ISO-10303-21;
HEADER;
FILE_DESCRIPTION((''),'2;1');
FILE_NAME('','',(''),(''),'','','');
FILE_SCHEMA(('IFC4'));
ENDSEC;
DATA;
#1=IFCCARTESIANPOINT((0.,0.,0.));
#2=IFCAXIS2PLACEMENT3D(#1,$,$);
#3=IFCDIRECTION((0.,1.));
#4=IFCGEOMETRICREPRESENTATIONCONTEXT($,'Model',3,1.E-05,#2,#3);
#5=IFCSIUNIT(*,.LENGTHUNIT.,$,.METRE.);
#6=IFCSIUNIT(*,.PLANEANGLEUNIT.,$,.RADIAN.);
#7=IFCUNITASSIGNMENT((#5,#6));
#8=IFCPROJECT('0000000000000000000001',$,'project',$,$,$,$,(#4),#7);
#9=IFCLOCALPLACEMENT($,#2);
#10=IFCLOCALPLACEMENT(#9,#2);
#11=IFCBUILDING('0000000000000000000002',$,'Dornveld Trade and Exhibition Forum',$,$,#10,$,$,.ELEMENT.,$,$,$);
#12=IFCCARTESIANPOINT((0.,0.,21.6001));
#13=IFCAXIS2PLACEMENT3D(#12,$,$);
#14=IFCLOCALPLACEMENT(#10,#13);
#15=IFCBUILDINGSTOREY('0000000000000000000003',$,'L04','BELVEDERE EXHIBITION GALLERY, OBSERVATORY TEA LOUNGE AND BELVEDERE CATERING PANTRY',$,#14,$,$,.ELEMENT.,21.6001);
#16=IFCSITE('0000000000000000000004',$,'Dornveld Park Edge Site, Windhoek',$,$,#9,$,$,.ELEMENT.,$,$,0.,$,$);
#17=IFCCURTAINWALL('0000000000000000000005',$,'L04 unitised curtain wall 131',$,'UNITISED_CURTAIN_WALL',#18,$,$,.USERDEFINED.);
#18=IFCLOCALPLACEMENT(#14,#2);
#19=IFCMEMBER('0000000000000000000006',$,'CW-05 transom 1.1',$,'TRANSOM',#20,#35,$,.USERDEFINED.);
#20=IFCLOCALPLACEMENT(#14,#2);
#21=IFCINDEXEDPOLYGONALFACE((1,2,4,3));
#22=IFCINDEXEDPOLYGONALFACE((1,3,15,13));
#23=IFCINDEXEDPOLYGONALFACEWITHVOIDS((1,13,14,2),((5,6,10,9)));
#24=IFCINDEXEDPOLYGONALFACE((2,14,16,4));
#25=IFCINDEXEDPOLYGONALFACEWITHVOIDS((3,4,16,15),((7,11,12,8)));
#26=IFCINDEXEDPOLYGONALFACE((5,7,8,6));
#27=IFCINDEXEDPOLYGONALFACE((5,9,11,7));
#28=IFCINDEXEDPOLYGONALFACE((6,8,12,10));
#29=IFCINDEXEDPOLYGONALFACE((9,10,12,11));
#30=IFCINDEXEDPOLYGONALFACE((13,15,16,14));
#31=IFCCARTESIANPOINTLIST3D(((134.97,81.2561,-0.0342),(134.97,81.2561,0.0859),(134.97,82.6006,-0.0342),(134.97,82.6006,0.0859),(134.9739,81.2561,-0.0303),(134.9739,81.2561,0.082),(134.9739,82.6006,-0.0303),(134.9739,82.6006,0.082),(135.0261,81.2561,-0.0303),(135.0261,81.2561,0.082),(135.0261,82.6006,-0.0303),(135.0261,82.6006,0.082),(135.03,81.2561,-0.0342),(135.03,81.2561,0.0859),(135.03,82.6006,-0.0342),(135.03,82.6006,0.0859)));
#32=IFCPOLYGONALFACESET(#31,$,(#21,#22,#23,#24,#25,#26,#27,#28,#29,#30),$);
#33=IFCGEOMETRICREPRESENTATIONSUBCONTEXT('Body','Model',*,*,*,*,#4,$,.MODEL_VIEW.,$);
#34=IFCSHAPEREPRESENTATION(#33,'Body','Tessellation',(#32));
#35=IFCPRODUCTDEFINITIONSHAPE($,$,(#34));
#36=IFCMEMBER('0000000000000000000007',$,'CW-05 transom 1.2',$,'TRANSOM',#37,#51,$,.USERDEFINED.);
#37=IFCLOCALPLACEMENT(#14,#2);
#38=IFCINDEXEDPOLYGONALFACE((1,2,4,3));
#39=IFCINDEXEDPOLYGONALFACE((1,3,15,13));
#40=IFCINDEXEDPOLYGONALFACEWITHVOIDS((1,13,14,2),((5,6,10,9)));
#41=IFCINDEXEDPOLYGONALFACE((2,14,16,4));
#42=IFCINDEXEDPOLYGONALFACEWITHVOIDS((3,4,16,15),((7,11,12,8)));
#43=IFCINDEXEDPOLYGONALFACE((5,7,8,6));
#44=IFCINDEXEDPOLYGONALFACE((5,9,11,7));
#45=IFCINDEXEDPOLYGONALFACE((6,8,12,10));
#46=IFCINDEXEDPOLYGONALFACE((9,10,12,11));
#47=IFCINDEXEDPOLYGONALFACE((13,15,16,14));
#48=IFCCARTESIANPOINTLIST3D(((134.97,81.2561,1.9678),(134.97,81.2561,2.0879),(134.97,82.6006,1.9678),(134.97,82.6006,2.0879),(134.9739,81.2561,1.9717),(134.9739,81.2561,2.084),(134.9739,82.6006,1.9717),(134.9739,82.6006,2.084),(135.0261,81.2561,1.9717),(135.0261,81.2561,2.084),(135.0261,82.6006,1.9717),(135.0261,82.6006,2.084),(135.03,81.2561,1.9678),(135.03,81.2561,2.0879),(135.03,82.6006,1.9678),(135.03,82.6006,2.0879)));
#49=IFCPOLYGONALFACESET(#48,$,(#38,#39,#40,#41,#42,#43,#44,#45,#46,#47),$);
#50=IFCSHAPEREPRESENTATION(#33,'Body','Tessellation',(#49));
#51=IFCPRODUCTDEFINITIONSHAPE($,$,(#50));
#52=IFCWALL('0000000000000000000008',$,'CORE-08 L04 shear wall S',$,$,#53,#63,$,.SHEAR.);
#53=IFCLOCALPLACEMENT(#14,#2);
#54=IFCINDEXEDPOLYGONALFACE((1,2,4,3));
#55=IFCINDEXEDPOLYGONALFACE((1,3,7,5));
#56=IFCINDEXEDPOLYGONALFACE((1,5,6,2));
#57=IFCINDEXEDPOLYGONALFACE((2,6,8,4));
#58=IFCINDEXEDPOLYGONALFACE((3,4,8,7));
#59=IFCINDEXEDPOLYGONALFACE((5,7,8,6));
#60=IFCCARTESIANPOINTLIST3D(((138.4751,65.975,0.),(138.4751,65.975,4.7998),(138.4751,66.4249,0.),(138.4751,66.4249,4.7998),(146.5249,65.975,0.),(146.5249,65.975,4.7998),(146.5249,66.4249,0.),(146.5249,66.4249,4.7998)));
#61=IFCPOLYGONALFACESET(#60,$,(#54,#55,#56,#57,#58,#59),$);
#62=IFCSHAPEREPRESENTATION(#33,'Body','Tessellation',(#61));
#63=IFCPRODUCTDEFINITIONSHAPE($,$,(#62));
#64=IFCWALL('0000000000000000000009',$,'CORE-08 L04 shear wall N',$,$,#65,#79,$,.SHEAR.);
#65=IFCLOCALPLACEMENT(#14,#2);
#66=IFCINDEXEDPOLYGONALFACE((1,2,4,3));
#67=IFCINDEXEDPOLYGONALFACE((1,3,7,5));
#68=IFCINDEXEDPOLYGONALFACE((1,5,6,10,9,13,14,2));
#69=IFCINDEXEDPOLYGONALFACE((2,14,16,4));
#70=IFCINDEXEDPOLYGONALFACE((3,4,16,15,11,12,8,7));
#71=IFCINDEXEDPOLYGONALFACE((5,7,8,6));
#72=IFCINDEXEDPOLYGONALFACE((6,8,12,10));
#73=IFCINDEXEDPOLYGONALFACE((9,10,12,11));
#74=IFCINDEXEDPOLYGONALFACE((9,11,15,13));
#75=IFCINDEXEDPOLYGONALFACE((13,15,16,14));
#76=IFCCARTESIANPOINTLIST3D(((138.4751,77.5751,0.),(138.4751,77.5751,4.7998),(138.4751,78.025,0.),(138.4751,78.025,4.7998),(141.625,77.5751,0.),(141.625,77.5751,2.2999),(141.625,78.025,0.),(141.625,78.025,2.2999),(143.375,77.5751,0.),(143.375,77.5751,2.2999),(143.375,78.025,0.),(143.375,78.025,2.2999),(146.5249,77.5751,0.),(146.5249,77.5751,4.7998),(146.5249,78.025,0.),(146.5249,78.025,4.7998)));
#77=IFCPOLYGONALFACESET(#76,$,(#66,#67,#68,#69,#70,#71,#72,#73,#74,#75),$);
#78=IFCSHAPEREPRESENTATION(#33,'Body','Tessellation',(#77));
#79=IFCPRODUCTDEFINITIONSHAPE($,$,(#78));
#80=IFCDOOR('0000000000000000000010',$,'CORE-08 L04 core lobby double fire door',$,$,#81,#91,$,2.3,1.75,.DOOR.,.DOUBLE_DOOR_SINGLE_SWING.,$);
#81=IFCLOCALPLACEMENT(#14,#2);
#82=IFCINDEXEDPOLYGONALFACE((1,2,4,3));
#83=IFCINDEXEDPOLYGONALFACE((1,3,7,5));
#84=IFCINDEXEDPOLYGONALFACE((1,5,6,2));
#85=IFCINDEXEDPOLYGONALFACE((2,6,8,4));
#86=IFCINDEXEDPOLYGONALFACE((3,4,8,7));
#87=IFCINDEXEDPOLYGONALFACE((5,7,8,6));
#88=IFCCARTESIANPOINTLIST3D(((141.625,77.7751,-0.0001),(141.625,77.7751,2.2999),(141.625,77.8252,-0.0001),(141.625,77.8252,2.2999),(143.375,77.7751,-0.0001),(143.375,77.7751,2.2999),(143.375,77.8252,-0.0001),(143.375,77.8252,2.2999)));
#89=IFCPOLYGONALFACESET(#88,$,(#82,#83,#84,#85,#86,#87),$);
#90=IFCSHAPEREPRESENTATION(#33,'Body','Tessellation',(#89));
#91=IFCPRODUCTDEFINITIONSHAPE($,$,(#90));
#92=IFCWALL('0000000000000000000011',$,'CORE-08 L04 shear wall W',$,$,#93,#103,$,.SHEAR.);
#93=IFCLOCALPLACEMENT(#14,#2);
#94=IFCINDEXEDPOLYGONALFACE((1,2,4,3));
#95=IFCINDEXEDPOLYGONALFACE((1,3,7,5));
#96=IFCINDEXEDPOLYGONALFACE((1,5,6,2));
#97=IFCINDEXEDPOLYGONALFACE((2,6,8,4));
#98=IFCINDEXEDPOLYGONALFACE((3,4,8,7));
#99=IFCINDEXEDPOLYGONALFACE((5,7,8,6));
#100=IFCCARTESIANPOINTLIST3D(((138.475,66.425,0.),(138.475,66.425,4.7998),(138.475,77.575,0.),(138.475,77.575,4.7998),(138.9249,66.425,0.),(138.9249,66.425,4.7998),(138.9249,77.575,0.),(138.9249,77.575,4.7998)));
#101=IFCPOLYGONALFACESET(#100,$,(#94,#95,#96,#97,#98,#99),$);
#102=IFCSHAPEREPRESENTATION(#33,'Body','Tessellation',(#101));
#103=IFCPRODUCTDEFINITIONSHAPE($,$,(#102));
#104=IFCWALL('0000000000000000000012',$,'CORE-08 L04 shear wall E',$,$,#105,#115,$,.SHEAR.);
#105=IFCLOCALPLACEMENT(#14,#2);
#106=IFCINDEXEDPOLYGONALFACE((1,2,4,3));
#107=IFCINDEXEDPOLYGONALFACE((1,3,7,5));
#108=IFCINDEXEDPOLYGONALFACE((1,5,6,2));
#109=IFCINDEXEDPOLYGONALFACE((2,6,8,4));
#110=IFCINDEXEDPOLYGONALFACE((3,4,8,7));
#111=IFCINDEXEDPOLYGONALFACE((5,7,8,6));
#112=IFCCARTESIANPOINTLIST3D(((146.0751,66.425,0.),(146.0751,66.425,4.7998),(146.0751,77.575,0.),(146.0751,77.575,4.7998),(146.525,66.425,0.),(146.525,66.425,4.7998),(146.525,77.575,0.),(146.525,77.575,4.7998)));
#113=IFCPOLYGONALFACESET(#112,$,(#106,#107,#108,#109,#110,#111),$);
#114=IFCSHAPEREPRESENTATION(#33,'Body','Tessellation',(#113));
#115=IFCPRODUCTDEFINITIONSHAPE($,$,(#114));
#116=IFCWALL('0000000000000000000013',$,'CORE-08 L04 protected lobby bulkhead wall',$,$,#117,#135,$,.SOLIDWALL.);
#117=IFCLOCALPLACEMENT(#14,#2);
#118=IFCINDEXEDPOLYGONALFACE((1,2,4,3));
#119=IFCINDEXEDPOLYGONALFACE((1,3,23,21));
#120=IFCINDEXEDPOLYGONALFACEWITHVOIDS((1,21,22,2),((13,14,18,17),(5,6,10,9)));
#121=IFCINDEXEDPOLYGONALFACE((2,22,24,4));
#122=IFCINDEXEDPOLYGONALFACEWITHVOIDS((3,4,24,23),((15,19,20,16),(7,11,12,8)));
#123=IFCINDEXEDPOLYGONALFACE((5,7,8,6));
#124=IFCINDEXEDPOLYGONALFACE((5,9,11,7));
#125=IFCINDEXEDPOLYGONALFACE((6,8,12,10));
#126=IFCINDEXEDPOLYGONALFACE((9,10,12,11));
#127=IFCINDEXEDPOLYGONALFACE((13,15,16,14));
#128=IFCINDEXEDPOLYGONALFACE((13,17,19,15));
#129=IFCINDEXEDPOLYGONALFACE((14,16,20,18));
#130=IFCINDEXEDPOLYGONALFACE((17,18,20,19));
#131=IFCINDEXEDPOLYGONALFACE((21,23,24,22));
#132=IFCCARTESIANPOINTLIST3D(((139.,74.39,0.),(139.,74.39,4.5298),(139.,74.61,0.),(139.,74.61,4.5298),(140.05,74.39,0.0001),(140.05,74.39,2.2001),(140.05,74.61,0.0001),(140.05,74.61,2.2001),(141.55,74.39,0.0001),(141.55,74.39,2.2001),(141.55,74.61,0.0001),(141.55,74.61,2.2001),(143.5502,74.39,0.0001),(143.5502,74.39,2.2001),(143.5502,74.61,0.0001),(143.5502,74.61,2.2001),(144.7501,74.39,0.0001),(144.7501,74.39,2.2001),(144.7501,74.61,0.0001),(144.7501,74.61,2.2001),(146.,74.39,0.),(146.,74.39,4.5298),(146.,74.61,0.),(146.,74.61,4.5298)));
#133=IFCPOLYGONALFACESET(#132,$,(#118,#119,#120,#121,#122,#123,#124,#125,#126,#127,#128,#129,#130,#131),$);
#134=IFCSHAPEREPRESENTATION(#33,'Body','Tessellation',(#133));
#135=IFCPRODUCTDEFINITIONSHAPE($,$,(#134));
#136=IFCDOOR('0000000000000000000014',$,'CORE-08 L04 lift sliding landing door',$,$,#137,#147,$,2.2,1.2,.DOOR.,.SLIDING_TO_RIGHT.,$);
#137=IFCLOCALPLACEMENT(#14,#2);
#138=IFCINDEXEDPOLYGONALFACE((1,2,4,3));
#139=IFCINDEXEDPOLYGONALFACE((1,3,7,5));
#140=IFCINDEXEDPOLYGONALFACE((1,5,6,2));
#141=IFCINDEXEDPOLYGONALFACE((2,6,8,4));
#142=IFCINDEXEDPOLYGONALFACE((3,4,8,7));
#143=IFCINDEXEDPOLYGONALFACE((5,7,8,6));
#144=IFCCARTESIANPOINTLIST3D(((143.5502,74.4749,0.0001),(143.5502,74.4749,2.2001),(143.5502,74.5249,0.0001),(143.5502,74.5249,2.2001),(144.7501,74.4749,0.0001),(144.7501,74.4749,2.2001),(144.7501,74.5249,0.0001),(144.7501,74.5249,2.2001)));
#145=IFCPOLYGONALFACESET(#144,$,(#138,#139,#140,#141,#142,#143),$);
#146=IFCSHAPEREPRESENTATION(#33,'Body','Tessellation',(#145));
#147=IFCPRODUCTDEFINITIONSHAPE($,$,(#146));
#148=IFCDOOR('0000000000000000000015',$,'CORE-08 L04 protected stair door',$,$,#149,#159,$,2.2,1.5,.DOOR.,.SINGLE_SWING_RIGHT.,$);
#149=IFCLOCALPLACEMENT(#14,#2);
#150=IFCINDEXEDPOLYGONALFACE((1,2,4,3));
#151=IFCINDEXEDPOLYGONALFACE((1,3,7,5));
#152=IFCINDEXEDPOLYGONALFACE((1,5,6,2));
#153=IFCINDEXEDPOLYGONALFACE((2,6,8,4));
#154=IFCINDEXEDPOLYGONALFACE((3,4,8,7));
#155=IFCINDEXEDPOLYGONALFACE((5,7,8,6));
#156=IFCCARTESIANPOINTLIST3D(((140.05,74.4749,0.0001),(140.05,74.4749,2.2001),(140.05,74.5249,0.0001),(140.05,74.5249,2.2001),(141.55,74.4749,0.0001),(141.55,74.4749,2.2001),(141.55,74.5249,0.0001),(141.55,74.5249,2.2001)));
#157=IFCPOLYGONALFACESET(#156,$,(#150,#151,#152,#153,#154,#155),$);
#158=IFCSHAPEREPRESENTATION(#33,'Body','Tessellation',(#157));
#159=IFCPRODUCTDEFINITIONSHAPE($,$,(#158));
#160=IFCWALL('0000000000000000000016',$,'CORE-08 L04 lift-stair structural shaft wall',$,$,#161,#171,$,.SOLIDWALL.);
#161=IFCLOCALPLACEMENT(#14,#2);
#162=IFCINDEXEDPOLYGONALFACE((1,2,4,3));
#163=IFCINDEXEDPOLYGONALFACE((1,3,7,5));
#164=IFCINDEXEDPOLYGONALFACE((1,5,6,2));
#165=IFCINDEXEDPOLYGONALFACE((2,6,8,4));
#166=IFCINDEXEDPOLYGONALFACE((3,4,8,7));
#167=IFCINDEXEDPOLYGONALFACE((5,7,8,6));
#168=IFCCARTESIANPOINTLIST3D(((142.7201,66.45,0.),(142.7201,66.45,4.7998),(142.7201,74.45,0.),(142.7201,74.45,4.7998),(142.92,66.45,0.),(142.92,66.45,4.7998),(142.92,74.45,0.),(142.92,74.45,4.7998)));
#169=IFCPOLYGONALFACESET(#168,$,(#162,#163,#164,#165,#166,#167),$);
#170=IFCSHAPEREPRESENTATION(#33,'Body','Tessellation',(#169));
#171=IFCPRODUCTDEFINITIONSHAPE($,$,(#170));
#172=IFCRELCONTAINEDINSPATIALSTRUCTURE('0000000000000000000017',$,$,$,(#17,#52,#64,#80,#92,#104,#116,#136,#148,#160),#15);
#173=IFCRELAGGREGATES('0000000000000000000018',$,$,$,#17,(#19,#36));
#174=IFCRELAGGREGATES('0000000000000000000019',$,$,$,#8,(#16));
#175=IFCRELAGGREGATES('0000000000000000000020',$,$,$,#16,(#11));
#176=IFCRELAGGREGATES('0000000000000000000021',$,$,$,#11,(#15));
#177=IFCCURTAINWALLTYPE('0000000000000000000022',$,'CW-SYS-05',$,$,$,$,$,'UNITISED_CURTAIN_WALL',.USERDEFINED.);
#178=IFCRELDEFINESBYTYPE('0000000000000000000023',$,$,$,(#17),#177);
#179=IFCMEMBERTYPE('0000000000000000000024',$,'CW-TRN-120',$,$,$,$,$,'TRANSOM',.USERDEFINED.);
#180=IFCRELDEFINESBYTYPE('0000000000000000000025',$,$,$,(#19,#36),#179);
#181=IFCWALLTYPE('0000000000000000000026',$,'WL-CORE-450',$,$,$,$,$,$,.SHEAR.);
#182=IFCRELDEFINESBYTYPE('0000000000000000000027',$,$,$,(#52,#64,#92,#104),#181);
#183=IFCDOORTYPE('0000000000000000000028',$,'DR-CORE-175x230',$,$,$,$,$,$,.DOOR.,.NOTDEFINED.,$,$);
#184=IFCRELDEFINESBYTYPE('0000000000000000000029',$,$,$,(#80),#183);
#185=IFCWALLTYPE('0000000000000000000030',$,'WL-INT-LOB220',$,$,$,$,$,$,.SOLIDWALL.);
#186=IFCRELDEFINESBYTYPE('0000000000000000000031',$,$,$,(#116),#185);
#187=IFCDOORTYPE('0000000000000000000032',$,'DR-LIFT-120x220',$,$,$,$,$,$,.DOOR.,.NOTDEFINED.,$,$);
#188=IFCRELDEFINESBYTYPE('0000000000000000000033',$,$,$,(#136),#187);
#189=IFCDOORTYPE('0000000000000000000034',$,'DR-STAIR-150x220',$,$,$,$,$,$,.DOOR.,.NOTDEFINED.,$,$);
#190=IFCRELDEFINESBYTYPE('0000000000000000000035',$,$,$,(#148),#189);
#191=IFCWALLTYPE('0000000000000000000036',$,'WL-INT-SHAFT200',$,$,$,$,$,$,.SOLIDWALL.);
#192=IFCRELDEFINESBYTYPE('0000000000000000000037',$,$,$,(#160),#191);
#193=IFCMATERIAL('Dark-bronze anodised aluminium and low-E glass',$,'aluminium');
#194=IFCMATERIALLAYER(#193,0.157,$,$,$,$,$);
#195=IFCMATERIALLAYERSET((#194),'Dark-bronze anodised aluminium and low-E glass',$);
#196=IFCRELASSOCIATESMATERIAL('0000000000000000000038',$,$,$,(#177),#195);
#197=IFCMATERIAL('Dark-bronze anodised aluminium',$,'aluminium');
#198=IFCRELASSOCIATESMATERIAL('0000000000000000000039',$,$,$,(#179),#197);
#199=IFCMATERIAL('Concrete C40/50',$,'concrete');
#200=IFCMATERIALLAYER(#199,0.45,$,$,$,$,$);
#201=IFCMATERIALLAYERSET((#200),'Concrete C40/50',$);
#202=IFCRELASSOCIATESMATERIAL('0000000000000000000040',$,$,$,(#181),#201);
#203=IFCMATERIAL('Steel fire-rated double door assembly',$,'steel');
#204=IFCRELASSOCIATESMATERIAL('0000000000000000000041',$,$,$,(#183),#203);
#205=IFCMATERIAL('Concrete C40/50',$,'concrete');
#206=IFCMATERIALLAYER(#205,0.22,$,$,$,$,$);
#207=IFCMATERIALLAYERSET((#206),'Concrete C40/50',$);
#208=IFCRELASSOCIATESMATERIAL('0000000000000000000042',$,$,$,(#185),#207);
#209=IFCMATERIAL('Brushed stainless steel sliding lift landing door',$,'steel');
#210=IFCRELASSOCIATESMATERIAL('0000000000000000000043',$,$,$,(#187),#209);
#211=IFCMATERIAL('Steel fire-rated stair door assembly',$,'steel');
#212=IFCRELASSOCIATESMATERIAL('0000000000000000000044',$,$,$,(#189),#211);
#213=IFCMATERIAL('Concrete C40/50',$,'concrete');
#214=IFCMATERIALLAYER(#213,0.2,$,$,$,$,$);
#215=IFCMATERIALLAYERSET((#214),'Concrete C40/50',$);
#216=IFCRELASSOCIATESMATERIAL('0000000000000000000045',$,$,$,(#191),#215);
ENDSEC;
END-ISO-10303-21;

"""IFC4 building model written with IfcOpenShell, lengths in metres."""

from ifc_helpers import new_model, si_unit, direction, frame, frame_2d, origin, origin_2d, place, context, subcontext, project, spatial, rectangle, hollow_rectangle, extrude, material, layer, layer_set, material_profile, profile_set, type_object, element, fill, aggregate, save


model = new_model("IFC4")

# Units and contexts
model_context = context("Model", 3, precision=1e-05, world=origin(), true_north=direction((0.0, 1.0)))
body_context = subcontext(model_context, "Body", "Model", "MODEL_VIEW")
ifc_project = project(units=[si_unit("LENGTHUNIT", "METRE"), si_unit("PLANEANGLEUNIT", "RADIAN")], contexts=[model_context])

# Site, building, storey
site_placement = place(None, origin())
site = spatial("IfcSite", under=ifc_project, at=site_placement, Name="Dornveld Park Edge Site, Windhoek", CompositionType="ELEMENT", RefElevation=0.0)
building_placement = place(site_placement, origin())
building = spatial("IfcBuilding", under=site, at=building_placement, Name="Dornveld Trade and Exhibition Forum", CompositionType="ELEMENT")
storey_placement = place(building_placement, frame((0.0, 0.0, 21.6001)))
storey = spatial("IfcBuildingStorey", under=building, at=storey_placement, Name="L04", Description="BELVEDERE EXHIBITION GALLERY, OBSERVATORY TEA LOUNGE AND BELVEDERE CATERING PANTRY", CompositionType="ELEMENT", Elevation=21.6001)

# Curtain wall, members
ifc_material_1 = material(Name="Dark-bronze anodised aluminium and low-E glass", Category="aluminium")
ifc_layer_1 = layer(ifc_material_1, 0.157)
ifc_layer_set_1 = layer_set([ifc_layer_1], Name="Dark-bronze anodised aluminium and low-E glass")
curtain_wall_type = type_object("IfcCurtainWallType", Name="CW-SYS-05", ElementType="UNITISED_CURTAIN_WALL", PredefinedType="USERDEFINED", material=ifc_layer_set_1)
curtain_wall_placement = place(storey_placement, origin())
curtain_wall = element("IfcCurtainWall", 1, at=curtain_wall_placement, inside=storey, type_object=curtain_wall_type, Name="L04 unitised curtain wall 131", ObjectType="UNITISED_CURTAIN_WALL", PredefinedType="USERDEFINED")
ifc_material_2 = material(Name="Dark-bronze anodised aluminium", Category="aluminium")
ifc_material_profile = material_profile(ifc_material_2, hollow_rectangle(XDim=0.0601, YDim=0.1201, WallThickness=0.0039, at=origin_2d()), Name="RHS 120x60x4")
ifc_profile_set = profile_set([ifc_material_profile], Name="Dark-bronze anodised aluminium")
member_type = type_object("IfcMemberType", Name="CW-TRN-120", ElementType="TRANSOM", PredefinedType="USERDEFINED", material=ifc_profile_set)
member_1_placement = place(storey_placement, frame((135.0, 81.2561, 0.0259), z_axis=(0.0, 1.0, 0.0), x_axis=(-1.0, 0.0, 0.0)))
member_1 = element("IfcMember", 2, at=member_1_placement, type_object=member_type, Name="CW-05 transom 1.1", ObjectType="TRANSOM", PredefinedType="USERDEFINED", context=body_context, shape_type="SweptSolid", body=[
    extrude(hollow_rectangle(XDim=0.0601, YDim=0.1201, WallThickness=0.0039, at=origin_2d()), origin(), (0.0, 0.0, 1.0), 1.3445),
])
member_2_placement = place(storey_placement, frame((135.0, 81.2561, 2.0278), z_axis=(0.0, 1.0, 0.0), x_axis=(-1.0, 0.0, 0.0)))
member_2 = element("IfcMember", 3, at=member_2_placement, type_object=member_type, Name="CW-05 transom 1.2", ObjectType="TRANSOM", PredefinedType="USERDEFINED", context=body_context, shape_type="SweptSolid", body=[
    extrude(hollow_rectangle(XDim=0.0601, YDim=0.1201, WallThickness=0.0039, at=origin_2d()), origin(), (0.0, 0.0, 1.0), 1.3445),
])
aggregate(curtain_wall, [member_1, member_2])

# Wall
ifc_material_3 = material(Name="Concrete C40/50", Category="concrete")
ifc_layer_2 = layer(ifc_material_3, 0.45)
ifc_layer_set_2 = layer_set([ifc_layer_2], Name="Concrete C40/50")
wall_type_1 = type_object("IfcWallType", Name="WL-CORE-450", PredefinedType="SHEAR", material=ifc_layer_set_2)
wall_1_placement = place(storey_placement, frame((138.4751, 66.2, 0.0), z_axis=(0.0, 0.0, 1.0), x_axis=(1.0, 0.0, 0.0)))
element("IfcWall", 4, at=wall_1_placement, inside=storey, type_object=wall_type_1, Name="CORE-08 L04 shear wall S", PredefinedType="SHEAR", context=body_context, shape_type="SweptSolid", body=[
    extrude(rectangle(XDim=8.0498, YDim=0.45, at=frame_2d((4.0249, 0.0))), origin(), (0.0, 0.0, 1.0), 4.7998),
])

# Wall, opening, door
wall_2_placement = place(storey_placement, frame((138.4751, 77.8, 0.0), z_axis=(0.0, 0.0, 1.0), x_axis=(1.0, 0.0, 0.0)))
wall_2 = element("IfcWall", 5, at=wall_2_placement, inside=storey, type_object=wall_type_1, Name="CORE-08 L04 shear wall N", PredefinedType="SHEAR", context=body_context, shape_type="SweptSolid", body=[
    extrude(rectangle(XDim=8.0498, YDim=0.45, at=frame_2d((4.0249, 0.0))), origin(), (0.0, 0.0, 1.0), 4.7998),
])
opening_1_placement = place(wall_2_placement, frame((3.1499, 0.0, 0.0)))
opening_1 = element("IfcOpeningElement", 6, at=opening_1_placement, cuts=wall_2, PredefinedType="OPENING", context=body_context, shape_type="SweptSolid", body=[
    extrude(rectangle(XDim=1.75, YDim=2.3, at=frame_2d((0.875, 1.1499))), frame((0.0, 0.2349, 0.0), z_axis=(0.0, -1.0, 0.0), x_axis=(1.0, 0.0, 0.0)), (0.0, 0.0, 1.0), 0.47),
])
ifc_material_4 = material(Name="Steel fire-rated double door assembly", Category="steel")
door_type_1 = type_object("IfcDoorType", Name="DR-CORE-175x230", OperationType="NOTDEFINED", PredefinedType="DOOR", material=ifc_material_4)
door_1_placement = place(opening_1_placement, frame((1.75, 0.0, 0.0), z_axis=(0.0, 0.0, 1.0), x_axis=(-1.0, 0.0, 0.0)))
door_1 = element("IfcDoor", 7, at=door_1_placement, inside=storey, type_object=door_type_1, Name="CORE-08 L04 core lobby double fire door", OperationType="DOUBLE_DOOR_SINGLE_SWING", OverallHeight=2.3, OverallWidth=1.75, PredefinedType="DOOR", context=body_context, shape_type="SweptSolid", body=[
    extrude(rectangle(XDim=1.75, YDim=2.3, at=frame_2d((0.875, 1.1499))), frame((0.0, 0.0249, 0.0), z_axis=(0.0, -1.0, 0.0), x_axis=(1.0, 0.0, 0.0)), (0.0, 0.0, 1.0), 0.05),
])
fill(opening_1, door_1)

# Walls
for number, where, z_axis, x_axis, name in (
    (8, (138.7, 66.425, 0.0), (0.0, 0.0, 1.0), (0.0, 1.0, 0.0), "CORE-08 L04 shear wall W"),
    (9, (146.3, 66.425, 0.0), (0.0, 0.0, 1.0), (0.0, 1.0, 0.0), "CORE-08 L04 shear wall E"),
):
    element("IfcWall", number, at=place(storey_placement, frame(where, z_axis=z_axis, x_axis=x_axis)), inside=storey, type_object=wall_type_1, Name=name, PredefinedType="SHEAR", context=body_context, shape_type="SweptSolid", body=[
        extrude(rectangle(XDim=11.1499, YDim=0.45, at=frame_2d((5.575, 0.0))), origin(), (0.0, 0.0, 1.0), 4.7998),
    ])

# Wall, openings, doors
ifc_material_5 = material(Name="Concrete C40/50", Category="concrete")
ifc_layer_3 = layer(ifc_material_5, 0.22)
ifc_layer_set_3 = layer_set([ifc_layer_3], Name="Concrete C40/50")
wall_type_2 = type_object("IfcWallType", Name="WL-INT-LOB220", PredefinedType="SOLIDWALL", material=ifc_layer_set_3)
wall_3_placement = place(storey_placement, frame((139.0, 74.5, 0.0), z_axis=(0.0, 0.0, 1.0), x_axis=(1.0, 0.0, 0.0)))
wall_3 = element("IfcWall", 10, at=wall_3_placement, inside=storey, type_object=wall_type_2, Name="CORE-08 L04 protected lobby bulkhead wall", PredefinedType="SOLIDWALL", context=body_context, shape_type="SweptSolid", body=[
    extrude(rectangle(XDim=7.0, YDim=0.22, at=frame_2d((3.5, 0.0))), origin(), (0.0, 0.0, 1.0), 4.5298),
])
opening_2_placement = place(wall_3_placement, frame((1.05, 0.0, 0.0)))
opening_2 = element("IfcOpeningElement", 11, at=opening_2_placement, cuts=wall_3, PredefinedType="OPENING", context=body_context, shape_type="SweptSolid", body=[
    extrude(rectangle(XDim=1.5, YDim=2.2, at=frame_2d((0.75, 1.1001))), frame((0.0, 0.1199, 0.0), z_axis=(0.0, -1.0, 0.0), x_axis=(1.0, 0.0, 0.0)), (0.0, 0.0, 1.0), 0.24),
])
opening_3_placement = place(wall_3_placement, frame((4.55, 0.0, 0.0)))
opening_3 = element("IfcOpeningElement", 12, at=opening_3_placement, cuts=wall_3, PredefinedType="OPENING", context=body_context, shape_type="SweptSolid", body=[
    extrude(rectangle(XDim=1.2, YDim=2.2, at=frame_2d((0.6001, 1.1001))), frame((0.0, 0.1199, 0.0), z_axis=(0.0, -1.0, 0.0), x_axis=(1.0, 0.0, 0.0)), (0.0, 0.0, 1.0), 0.24),
])
ifc_material_6 = material(Name="Brushed stainless steel sliding lift landing door", Category="steel")
door_type_2 = type_object("IfcDoorType", Name="DR-LIFT-120x220", OperationType="NOTDEFINED", PredefinedType="DOOR", material=ifc_material_6)
door_2_placement = place(opening_3_placement, origin())
door_2 = element("IfcDoor", 13, at=door_2_placement, inside=storey, type_object=door_type_2, Name="CORE-08 L04 lift sliding landing door", OperationType="SLIDING_TO_RIGHT", OverallHeight=2.2, OverallWidth=1.2, PredefinedType="DOOR", context=body_context, shape_type="SweptSolid", body=[
    extrude(rectangle(XDim=1.2, YDim=2.2, at=frame_2d((0.6001, 1.1001))), frame((0.0, 0.0249, 0.0), z_axis=(0.0, -1.0, 0.0), x_axis=(1.0, 0.0, 0.0)), (0.0, 0.0, 1.0), 0.05),
])
fill(opening_3, door_2)
ifc_material_7 = material(Name="Steel fire-rated stair door assembly", Category="steel")
door_type_3 = type_object("IfcDoorType", Name="DR-STAIR-150x220", OperationType="NOTDEFINED", PredefinedType="DOOR", material=ifc_material_7)
door_3_placement = place(opening_2_placement, origin())
door_3 = element("IfcDoor", 14, at=door_3_placement, inside=storey, type_object=door_type_3, Name="CORE-08 L04 protected stair door", OperationType="SINGLE_SWING_RIGHT", OverallHeight=2.2, OverallWidth=1.5, PredefinedType="DOOR", context=body_context, shape_type="SweptSolid", body=[
    extrude(rectangle(XDim=1.5, YDim=2.2, at=frame_2d((0.75, 1.1001))), frame((0.0, 0.0249, 0.0), z_axis=(0.0, -1.0, 0.0), x_axis=(1.0, 0.0, 0.0)), (0.0, 0.0, 1.0), 0.05),
])
fill(opening_2, door_3)

# Wall
ifc_material_8 = material(Name="Concrete C40/50", Category="concrete")
ifc_layer_4 = layer(ifc_material_8, 0.2)
ifc_layer_set_4 = layer_set([ifc_layer_4], Name="Concrete C40/50")
wall_type_3 = type_object("IfcWallType", Name="WL-INT-SHAFT200", PredefinedType="SOLIDWALL", material=ifc_layer_set_4)
wall_4_placement = place(storey_placement, frame((142.8201, 66.45, 0.0), z_axis=(0.0, 0.0, 1.0), x_axis=(0.0, 1.0, 0.0)))
element("IfcWall", 15, at=wall_4_placement, inside=storey, type_object=wall_type_3, Name="CORE-08 L04 lift-stair structural shaft wall", PredefinedType="SOLIDWALL", context=body_context, shape_type="SweptSolid", body=[
    extrude(rectangle(XDim=8.0, YDim=0.2, at=frame_2d((4.0, 0.0))), origin(), (0.0, 0.0, 1.0), 4.7998),
])

save(model, "model.ifc")
